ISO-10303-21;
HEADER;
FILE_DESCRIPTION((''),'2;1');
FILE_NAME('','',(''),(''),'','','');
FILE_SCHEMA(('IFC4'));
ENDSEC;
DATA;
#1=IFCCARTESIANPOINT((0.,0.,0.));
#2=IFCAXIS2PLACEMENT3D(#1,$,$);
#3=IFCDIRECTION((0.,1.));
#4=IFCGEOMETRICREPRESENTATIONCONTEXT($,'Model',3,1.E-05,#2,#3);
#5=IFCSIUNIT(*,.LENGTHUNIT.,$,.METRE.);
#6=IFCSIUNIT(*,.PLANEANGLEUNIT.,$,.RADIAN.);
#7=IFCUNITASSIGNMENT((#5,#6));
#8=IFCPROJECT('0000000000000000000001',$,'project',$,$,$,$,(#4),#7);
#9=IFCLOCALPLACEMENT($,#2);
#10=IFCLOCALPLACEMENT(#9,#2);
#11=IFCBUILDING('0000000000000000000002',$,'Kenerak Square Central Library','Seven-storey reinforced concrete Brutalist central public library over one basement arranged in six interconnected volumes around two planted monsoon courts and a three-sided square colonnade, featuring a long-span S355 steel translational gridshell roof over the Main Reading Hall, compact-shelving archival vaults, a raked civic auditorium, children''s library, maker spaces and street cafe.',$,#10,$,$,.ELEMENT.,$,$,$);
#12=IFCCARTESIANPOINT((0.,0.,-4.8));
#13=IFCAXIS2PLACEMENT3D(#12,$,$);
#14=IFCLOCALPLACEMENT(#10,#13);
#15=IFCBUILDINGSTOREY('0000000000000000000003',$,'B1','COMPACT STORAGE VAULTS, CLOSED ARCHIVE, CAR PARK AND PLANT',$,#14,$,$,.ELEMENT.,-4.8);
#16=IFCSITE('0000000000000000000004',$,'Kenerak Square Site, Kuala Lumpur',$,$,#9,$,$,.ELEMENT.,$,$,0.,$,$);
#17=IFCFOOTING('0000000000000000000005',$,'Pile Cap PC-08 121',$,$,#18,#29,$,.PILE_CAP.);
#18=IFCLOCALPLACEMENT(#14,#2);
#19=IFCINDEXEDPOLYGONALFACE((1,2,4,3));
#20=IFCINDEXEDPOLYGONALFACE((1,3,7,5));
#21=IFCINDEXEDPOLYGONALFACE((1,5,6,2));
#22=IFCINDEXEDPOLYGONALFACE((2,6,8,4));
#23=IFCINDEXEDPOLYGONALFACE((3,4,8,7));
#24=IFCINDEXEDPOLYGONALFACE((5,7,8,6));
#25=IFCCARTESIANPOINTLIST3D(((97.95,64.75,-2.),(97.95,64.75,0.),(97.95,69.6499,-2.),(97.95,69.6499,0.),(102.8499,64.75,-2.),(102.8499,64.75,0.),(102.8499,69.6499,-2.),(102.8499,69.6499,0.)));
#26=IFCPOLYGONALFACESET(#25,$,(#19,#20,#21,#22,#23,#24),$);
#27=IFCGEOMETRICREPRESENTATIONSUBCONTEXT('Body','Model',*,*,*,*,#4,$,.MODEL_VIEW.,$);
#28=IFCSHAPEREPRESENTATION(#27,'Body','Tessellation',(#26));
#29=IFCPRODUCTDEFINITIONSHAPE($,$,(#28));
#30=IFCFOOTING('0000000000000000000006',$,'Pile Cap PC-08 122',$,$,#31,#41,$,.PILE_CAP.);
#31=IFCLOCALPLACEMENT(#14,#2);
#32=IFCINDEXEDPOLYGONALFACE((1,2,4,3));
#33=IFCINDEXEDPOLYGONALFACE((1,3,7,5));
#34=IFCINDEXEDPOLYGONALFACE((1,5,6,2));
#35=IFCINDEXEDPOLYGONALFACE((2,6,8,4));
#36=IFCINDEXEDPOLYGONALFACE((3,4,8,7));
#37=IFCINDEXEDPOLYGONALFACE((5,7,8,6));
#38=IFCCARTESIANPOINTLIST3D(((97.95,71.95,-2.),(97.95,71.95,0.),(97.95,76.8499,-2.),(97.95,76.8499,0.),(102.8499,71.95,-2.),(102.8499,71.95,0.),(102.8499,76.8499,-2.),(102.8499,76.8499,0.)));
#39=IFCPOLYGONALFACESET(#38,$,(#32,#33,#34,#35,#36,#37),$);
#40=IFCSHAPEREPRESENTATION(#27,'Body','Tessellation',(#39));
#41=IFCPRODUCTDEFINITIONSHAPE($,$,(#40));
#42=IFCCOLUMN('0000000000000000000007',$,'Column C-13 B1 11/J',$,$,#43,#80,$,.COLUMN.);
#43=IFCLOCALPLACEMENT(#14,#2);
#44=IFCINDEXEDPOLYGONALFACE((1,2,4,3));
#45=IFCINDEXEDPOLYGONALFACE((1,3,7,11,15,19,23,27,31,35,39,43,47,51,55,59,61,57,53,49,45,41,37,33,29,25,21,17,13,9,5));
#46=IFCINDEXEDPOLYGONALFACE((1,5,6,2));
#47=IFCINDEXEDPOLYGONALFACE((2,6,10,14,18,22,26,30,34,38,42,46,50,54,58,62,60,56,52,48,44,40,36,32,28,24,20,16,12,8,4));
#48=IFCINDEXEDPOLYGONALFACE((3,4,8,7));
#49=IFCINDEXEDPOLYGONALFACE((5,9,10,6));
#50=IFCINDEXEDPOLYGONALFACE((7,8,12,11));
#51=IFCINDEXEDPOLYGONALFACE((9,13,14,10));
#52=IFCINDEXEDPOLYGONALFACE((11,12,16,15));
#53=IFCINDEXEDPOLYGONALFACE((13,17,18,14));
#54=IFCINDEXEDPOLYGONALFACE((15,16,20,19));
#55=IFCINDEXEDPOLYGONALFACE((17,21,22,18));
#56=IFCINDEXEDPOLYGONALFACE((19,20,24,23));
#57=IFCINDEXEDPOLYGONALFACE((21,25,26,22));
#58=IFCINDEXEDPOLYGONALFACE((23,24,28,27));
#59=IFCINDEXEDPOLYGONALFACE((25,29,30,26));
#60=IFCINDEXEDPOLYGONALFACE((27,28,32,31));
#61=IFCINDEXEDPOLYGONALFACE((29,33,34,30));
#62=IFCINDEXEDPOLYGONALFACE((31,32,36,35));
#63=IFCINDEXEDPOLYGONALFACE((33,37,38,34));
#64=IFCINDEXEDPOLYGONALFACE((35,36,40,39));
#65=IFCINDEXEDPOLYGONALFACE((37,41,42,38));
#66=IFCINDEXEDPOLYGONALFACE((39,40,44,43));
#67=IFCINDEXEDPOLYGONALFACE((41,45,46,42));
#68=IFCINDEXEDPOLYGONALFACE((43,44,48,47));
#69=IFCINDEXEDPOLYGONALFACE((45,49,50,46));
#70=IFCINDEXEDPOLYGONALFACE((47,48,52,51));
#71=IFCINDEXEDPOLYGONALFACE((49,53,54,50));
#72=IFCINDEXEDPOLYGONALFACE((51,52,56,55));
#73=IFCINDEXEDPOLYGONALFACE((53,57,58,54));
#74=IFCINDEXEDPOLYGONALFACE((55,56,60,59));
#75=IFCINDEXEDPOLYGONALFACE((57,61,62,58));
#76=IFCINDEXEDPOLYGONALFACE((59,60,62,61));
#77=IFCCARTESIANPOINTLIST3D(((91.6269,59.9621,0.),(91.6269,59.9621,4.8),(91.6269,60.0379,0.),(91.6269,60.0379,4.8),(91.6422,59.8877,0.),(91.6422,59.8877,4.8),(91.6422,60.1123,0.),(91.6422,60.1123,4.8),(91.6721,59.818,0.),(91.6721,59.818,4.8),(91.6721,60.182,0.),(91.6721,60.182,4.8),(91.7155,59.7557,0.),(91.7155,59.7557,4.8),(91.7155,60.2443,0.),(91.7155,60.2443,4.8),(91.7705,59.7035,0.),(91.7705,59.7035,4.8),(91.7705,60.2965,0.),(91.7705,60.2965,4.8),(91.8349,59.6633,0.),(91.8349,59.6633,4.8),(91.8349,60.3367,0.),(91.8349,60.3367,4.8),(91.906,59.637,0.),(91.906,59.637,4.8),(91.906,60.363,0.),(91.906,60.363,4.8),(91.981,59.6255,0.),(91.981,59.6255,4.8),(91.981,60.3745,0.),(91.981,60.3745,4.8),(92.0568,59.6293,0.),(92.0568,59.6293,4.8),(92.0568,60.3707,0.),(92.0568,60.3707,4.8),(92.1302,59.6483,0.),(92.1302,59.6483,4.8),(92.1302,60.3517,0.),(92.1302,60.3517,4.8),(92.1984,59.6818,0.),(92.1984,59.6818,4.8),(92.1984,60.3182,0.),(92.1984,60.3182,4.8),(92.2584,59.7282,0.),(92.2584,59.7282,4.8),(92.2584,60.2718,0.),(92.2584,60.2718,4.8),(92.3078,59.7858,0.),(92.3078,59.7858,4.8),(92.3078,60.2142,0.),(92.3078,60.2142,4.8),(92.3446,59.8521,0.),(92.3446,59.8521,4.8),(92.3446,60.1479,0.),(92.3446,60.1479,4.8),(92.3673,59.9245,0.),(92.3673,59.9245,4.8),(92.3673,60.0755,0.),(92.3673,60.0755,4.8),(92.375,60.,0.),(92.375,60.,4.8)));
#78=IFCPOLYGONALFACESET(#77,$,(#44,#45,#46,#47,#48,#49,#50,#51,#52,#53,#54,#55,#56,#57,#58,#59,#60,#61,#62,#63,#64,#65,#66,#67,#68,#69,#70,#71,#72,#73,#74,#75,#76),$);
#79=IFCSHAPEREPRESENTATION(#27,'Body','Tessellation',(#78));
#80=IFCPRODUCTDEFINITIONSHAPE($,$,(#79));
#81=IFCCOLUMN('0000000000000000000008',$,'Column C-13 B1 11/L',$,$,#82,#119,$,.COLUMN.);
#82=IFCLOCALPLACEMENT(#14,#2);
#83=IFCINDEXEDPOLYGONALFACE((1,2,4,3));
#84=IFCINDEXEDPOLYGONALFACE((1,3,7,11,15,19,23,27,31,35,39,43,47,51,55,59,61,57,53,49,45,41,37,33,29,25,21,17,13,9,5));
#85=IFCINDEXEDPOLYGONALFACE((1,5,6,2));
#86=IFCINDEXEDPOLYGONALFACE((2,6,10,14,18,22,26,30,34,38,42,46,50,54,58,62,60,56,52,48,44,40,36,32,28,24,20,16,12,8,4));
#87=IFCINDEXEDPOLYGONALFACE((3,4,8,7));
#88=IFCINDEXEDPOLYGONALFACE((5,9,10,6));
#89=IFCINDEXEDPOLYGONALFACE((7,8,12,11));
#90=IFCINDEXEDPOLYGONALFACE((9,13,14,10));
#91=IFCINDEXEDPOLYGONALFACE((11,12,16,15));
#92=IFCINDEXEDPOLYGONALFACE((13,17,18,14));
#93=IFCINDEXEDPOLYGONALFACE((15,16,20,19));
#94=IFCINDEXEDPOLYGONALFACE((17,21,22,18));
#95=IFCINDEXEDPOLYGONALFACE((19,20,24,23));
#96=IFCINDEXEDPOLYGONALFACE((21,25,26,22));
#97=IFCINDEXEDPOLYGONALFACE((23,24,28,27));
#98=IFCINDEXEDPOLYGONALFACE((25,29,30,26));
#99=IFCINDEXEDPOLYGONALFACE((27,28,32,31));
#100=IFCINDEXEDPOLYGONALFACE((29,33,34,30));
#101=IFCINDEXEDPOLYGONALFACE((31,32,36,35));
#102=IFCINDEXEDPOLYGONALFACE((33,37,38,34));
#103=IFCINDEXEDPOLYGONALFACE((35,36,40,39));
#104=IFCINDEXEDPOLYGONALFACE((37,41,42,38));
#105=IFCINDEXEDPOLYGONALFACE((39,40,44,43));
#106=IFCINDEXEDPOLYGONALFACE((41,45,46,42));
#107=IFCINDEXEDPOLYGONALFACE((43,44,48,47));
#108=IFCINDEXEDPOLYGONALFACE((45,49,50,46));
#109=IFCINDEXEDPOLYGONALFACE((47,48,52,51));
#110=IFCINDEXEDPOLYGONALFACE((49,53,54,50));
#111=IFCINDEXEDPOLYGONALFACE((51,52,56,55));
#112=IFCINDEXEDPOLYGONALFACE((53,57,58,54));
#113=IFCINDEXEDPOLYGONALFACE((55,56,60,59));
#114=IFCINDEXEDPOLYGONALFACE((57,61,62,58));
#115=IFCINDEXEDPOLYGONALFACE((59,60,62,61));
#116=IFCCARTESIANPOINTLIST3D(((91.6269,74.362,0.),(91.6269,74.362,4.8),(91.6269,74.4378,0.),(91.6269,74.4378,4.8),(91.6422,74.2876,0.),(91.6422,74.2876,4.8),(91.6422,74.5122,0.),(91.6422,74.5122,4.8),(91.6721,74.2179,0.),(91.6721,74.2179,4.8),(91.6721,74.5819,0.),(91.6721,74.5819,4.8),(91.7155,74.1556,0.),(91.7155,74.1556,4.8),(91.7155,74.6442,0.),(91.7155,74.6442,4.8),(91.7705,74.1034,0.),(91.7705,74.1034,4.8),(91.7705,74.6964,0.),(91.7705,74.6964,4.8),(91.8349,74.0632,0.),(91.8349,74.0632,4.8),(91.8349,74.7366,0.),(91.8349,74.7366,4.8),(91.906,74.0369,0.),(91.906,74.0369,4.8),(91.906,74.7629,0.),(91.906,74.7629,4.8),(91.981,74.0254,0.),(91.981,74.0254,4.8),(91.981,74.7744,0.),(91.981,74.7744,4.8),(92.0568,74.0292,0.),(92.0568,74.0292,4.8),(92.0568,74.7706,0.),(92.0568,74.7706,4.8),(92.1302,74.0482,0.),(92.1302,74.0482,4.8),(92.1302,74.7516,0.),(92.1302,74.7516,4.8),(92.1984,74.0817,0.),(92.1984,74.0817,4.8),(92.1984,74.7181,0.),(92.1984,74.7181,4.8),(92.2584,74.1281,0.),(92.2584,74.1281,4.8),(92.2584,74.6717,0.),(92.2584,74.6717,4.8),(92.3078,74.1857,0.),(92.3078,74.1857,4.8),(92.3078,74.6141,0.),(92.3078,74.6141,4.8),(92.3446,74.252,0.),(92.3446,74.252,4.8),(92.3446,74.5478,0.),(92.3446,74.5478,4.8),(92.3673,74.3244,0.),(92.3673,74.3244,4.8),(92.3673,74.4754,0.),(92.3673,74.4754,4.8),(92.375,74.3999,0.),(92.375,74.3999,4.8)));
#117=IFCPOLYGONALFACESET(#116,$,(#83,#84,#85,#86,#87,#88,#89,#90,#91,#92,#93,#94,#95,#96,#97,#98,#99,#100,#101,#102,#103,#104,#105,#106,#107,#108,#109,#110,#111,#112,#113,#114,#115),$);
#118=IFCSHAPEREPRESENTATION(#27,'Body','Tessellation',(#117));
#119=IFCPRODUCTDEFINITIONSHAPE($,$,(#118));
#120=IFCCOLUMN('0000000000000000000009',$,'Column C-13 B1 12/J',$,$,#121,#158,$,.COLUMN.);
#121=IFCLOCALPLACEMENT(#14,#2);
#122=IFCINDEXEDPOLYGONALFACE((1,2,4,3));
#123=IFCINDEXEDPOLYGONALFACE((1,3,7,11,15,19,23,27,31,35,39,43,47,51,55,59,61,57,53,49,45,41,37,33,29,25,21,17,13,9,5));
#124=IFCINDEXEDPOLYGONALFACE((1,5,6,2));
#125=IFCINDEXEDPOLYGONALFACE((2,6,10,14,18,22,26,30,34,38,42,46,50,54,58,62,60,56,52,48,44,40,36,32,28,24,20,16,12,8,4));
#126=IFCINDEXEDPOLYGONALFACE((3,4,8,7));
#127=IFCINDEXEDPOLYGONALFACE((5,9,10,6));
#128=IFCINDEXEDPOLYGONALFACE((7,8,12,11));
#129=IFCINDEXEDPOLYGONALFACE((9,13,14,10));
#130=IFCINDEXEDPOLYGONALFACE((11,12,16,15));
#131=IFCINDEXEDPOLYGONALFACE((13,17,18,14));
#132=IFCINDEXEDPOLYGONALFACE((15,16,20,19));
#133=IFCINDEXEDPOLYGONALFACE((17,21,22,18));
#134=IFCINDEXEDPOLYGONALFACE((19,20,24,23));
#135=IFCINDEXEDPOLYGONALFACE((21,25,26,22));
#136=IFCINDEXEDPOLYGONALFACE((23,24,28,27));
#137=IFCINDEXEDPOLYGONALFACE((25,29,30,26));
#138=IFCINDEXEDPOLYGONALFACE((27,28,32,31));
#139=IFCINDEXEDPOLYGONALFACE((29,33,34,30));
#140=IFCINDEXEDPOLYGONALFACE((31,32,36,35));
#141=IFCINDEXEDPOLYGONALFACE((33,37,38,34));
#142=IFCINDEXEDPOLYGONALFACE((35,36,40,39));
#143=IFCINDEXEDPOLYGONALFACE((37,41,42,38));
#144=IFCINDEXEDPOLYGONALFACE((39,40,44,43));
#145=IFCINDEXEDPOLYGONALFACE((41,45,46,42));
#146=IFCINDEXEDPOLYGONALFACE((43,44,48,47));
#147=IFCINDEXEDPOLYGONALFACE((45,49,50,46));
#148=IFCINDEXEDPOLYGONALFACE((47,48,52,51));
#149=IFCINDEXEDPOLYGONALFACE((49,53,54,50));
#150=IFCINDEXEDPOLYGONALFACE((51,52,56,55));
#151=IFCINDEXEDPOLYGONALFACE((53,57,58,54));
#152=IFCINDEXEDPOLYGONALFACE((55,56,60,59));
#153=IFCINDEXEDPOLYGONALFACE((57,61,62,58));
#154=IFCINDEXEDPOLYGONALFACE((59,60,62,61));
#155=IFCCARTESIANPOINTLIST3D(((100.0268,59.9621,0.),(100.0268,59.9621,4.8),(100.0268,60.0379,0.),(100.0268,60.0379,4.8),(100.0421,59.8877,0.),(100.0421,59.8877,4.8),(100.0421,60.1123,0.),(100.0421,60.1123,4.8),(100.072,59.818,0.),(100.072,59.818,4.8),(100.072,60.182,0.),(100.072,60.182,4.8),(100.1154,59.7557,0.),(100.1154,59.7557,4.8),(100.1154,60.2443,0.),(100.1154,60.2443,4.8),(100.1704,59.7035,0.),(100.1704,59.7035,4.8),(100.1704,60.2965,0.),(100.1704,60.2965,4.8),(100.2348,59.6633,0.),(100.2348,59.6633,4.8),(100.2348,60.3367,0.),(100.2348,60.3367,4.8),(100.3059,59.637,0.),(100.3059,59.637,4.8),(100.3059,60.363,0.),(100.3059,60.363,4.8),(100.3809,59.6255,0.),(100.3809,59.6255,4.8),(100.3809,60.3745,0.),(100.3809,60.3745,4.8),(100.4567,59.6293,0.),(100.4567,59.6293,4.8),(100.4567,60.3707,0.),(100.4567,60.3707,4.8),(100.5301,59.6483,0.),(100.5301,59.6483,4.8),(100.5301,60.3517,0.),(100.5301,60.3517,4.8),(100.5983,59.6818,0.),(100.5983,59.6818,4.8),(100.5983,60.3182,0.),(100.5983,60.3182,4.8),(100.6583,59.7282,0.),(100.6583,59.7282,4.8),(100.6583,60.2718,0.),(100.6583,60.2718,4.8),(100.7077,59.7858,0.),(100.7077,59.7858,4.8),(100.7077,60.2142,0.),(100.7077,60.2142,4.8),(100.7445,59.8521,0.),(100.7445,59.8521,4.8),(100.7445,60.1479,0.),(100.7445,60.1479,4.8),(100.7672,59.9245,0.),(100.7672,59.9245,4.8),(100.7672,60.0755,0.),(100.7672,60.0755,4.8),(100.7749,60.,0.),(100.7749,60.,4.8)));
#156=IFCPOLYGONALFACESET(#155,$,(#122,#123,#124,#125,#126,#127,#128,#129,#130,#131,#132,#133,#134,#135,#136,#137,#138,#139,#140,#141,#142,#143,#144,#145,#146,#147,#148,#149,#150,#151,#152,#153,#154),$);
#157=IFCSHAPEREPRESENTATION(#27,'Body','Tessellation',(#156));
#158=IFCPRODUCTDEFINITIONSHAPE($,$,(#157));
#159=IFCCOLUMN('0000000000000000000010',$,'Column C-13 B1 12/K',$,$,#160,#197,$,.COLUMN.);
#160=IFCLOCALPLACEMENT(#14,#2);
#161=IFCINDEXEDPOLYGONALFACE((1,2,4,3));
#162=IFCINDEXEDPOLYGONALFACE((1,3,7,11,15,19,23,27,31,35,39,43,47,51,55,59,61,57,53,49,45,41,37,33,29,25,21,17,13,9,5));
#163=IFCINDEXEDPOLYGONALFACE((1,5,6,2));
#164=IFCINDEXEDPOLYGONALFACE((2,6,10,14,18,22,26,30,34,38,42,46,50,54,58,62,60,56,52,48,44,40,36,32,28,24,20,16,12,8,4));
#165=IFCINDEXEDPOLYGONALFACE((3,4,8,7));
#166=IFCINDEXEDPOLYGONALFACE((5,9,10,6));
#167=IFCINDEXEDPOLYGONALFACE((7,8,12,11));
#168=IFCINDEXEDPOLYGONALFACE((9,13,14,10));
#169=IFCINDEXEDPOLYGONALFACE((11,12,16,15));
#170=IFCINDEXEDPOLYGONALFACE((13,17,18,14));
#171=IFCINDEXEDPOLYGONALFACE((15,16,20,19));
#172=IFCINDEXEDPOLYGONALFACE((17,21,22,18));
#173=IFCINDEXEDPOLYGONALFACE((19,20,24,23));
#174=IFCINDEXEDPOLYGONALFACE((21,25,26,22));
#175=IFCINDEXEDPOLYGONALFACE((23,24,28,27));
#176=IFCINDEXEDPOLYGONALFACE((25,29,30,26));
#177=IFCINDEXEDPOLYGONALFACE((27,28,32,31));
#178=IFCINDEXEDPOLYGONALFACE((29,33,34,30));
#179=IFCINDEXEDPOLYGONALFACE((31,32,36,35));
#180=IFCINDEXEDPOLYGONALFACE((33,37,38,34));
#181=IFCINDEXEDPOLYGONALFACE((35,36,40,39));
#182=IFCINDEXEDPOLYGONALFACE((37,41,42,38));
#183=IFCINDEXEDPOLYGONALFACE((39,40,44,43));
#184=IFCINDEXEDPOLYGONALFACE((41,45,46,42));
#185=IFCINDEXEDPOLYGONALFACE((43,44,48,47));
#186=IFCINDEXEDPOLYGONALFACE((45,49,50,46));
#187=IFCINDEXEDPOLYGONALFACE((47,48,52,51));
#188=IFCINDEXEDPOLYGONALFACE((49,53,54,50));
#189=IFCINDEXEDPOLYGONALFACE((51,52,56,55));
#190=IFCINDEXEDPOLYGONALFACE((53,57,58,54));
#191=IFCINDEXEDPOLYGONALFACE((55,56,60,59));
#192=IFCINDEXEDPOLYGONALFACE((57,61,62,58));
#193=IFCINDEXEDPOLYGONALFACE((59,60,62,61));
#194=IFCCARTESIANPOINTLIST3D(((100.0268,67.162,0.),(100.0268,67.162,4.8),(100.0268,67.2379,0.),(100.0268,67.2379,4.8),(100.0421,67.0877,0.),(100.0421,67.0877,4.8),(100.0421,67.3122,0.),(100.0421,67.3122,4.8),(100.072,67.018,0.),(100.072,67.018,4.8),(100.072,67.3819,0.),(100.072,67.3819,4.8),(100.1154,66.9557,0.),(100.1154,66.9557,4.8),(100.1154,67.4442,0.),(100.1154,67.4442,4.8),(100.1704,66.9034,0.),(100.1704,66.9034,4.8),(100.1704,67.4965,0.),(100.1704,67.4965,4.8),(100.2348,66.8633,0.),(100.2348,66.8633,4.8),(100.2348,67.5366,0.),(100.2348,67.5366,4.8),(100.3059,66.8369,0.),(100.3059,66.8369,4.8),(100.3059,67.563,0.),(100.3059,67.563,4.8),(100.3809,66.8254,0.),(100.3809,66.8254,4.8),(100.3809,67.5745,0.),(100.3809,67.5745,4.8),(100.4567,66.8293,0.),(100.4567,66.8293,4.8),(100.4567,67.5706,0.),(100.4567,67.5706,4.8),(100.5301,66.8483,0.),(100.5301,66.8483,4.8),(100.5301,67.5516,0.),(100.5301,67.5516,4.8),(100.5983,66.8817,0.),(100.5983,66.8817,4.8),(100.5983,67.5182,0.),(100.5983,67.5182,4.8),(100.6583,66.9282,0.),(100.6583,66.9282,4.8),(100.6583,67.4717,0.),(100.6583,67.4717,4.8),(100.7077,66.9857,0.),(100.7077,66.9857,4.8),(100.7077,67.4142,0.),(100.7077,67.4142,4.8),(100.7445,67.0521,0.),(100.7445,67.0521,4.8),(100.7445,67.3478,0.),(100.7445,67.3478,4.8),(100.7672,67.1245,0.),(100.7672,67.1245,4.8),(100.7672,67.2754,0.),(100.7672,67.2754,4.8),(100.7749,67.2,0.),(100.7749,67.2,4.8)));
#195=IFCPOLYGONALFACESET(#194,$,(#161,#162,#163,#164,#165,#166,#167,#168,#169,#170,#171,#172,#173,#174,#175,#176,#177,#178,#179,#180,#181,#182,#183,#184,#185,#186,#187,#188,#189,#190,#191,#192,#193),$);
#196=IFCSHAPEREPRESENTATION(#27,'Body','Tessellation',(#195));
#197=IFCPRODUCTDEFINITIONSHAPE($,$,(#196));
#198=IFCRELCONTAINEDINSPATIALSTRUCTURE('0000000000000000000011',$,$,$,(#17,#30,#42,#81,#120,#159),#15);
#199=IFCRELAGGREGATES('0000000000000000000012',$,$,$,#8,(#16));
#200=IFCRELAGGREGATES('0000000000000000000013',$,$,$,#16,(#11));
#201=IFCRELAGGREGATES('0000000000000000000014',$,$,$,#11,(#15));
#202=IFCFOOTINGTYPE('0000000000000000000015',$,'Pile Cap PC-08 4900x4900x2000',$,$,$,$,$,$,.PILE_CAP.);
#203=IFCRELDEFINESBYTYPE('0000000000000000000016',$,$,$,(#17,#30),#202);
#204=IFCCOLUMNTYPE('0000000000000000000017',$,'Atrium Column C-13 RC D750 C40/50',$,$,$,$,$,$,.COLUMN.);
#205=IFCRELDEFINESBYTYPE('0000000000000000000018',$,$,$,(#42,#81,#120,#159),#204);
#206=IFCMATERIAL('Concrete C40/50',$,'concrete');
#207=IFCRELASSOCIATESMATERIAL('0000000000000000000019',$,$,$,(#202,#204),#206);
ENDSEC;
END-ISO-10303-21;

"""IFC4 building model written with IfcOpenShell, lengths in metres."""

from ifc_helpers import new_model, si_unit, direction, frame, origin, origin_2d, place, context, subcontext, project, spatial, rectangle, circle, extrude, material, material_profile, profile_set, type_object, element, save


model = new_model("IFC4")

# Units and contexts
model_context = context("Model", 3, precision=1e-05, world=origin(), true_north=direction((0.0, 1.0)))
body_context = subcontext(model_context, "Body", "Model", "MODEL_VIEW")
ifc_project = project(units=[si_unit("LENGTHUNIT", "METRE"), si_unit("PLANEANGLEUNIT", "RADIAN")], contexts=[model_context])

# Site, building, storey
site_placement = place(None, origin())
site = spatial("IfcSite", under=ifc_project, at=site_placement, Name="Kenerak Square Site, Kuala Lumpur", CompositionType="ELEMENT", RefElevation=0.0)
building_placement = place(site_placement, origin())
building = spatial("IfcBuilding", under=site, at=building_placement, Name="Kenerak Square Central Library", Description="Seven-storey reinforced concrete Brutalist central public library over one basement arranged in six interconnected volumes around two planted monsoon courts and a three-sided square colonnade, featuring a long-span S355 steel translational gridshell roof over the Main Reading Hall, compact-shelving archival vaults, a raked civic auditorium, children's library, maker spaces and street cafe.", CompositionType="ELEMENT")
storey_placement = place(building_placement, frame((0.0, 0.0, -4.8)))
storey = spatial("IfcBuildingStorey", under=building, at=storey_placement, Name="B1", Description="COMPACT STORAGE VAULTS, CLOSED ARCHIVE, CAR PARK AND PLANT", CompositionType="ELEMENT", Elevation=-4.8)

# Shared definitions
ifc_material_1 = material(Name="Concrete C40/50", Category="concrete")

# Footings
footing_type_1 = type_object("IfcFootingType", Name="Pile Cap PC-08 4900x4900x2000", PredefinedType="PILE_CAP", material=ifc_material_1)
for number, where, z_axis, x_axis, name in (
    (1, (100.3999, 67.2, -2.0), (0.0, 0.0, 1.0), (1.0, 0.0, 0.0), "Pile Cap PC-08 121"),
    (2, (100.3999, 74.3999, -2.0), (0.0, 0.0, 1.0), (1.0, 0.0, 0.0), "Pile Cap PC-08 122"),
):
    element("IfcFooting", number, at=place(storey_placement, frame(where, z_axis=z_axis, x_axis=x_axis)), inside=storey, type_object=footing_type_1, Name=name, PredefinedType="PILE_CAP", context=body_context, shape_type="SweptSolid", body=[
        extrude(rectangle(XDim=4.8999, YDim=4.8999, at=origin_2d()), origin(), (0.0, 0.0, 1.0), 2.0),
    ])

# Columns
ifc_material_profile_1 = material_profile(ifc_material_1, circle(Radius=0.375, at=origin_2d()), Name="RC D750")
ifc_profile_set_1 = profile_set([ifc_material_profile_1], Name="Concrete C40/50")
column_type = type_object("IfcColumnType", Name="Atrium Column C-13 RC D750 C40/50", PredefinedType="COLUMN", material=ifc_profile_set_1)
for number, where, z_axis, x_axis, name in (
    (3, (92.0, 60.0, 0.0), (0.0, 0.0, 1.0), (1.0, 0.0, 0.0), "Column C-13 B1 11/J"),
    (4, (92.0, 74.3999, 0.0), (0.0, 0.0, 1.0), (1.0, 0.0, 0.0), "Column C-13 B1 11/L"),
    (5, (100.3999, 60.0, 0.0), (0.0, 0.0, 1.0), (1.0, 0.0, 0.0), "Column C-13 B1 12/J"),
    (6, (100.3999, 67.2, 0.0), (0.0, 0.0, 1.0), (1.0, 0.0, 0.0), "Column C-13 B1 12/K"),
):
    element("IfcColumn", number, at=place(storey_placement, frame(where, z_axis=z_axis, x_axis=x_axis)), inside=storey, type_object=column_type, Name=name, PredefinedType="COLUMN", context=body_context, shape_type="SweptSolid", body=[
        extrude(circle(Radius=0.375, at=origin_2d()), origin(), (0.0, 0.0, 1.0), 4.8),
    ])

save(model, "model.ifc")
